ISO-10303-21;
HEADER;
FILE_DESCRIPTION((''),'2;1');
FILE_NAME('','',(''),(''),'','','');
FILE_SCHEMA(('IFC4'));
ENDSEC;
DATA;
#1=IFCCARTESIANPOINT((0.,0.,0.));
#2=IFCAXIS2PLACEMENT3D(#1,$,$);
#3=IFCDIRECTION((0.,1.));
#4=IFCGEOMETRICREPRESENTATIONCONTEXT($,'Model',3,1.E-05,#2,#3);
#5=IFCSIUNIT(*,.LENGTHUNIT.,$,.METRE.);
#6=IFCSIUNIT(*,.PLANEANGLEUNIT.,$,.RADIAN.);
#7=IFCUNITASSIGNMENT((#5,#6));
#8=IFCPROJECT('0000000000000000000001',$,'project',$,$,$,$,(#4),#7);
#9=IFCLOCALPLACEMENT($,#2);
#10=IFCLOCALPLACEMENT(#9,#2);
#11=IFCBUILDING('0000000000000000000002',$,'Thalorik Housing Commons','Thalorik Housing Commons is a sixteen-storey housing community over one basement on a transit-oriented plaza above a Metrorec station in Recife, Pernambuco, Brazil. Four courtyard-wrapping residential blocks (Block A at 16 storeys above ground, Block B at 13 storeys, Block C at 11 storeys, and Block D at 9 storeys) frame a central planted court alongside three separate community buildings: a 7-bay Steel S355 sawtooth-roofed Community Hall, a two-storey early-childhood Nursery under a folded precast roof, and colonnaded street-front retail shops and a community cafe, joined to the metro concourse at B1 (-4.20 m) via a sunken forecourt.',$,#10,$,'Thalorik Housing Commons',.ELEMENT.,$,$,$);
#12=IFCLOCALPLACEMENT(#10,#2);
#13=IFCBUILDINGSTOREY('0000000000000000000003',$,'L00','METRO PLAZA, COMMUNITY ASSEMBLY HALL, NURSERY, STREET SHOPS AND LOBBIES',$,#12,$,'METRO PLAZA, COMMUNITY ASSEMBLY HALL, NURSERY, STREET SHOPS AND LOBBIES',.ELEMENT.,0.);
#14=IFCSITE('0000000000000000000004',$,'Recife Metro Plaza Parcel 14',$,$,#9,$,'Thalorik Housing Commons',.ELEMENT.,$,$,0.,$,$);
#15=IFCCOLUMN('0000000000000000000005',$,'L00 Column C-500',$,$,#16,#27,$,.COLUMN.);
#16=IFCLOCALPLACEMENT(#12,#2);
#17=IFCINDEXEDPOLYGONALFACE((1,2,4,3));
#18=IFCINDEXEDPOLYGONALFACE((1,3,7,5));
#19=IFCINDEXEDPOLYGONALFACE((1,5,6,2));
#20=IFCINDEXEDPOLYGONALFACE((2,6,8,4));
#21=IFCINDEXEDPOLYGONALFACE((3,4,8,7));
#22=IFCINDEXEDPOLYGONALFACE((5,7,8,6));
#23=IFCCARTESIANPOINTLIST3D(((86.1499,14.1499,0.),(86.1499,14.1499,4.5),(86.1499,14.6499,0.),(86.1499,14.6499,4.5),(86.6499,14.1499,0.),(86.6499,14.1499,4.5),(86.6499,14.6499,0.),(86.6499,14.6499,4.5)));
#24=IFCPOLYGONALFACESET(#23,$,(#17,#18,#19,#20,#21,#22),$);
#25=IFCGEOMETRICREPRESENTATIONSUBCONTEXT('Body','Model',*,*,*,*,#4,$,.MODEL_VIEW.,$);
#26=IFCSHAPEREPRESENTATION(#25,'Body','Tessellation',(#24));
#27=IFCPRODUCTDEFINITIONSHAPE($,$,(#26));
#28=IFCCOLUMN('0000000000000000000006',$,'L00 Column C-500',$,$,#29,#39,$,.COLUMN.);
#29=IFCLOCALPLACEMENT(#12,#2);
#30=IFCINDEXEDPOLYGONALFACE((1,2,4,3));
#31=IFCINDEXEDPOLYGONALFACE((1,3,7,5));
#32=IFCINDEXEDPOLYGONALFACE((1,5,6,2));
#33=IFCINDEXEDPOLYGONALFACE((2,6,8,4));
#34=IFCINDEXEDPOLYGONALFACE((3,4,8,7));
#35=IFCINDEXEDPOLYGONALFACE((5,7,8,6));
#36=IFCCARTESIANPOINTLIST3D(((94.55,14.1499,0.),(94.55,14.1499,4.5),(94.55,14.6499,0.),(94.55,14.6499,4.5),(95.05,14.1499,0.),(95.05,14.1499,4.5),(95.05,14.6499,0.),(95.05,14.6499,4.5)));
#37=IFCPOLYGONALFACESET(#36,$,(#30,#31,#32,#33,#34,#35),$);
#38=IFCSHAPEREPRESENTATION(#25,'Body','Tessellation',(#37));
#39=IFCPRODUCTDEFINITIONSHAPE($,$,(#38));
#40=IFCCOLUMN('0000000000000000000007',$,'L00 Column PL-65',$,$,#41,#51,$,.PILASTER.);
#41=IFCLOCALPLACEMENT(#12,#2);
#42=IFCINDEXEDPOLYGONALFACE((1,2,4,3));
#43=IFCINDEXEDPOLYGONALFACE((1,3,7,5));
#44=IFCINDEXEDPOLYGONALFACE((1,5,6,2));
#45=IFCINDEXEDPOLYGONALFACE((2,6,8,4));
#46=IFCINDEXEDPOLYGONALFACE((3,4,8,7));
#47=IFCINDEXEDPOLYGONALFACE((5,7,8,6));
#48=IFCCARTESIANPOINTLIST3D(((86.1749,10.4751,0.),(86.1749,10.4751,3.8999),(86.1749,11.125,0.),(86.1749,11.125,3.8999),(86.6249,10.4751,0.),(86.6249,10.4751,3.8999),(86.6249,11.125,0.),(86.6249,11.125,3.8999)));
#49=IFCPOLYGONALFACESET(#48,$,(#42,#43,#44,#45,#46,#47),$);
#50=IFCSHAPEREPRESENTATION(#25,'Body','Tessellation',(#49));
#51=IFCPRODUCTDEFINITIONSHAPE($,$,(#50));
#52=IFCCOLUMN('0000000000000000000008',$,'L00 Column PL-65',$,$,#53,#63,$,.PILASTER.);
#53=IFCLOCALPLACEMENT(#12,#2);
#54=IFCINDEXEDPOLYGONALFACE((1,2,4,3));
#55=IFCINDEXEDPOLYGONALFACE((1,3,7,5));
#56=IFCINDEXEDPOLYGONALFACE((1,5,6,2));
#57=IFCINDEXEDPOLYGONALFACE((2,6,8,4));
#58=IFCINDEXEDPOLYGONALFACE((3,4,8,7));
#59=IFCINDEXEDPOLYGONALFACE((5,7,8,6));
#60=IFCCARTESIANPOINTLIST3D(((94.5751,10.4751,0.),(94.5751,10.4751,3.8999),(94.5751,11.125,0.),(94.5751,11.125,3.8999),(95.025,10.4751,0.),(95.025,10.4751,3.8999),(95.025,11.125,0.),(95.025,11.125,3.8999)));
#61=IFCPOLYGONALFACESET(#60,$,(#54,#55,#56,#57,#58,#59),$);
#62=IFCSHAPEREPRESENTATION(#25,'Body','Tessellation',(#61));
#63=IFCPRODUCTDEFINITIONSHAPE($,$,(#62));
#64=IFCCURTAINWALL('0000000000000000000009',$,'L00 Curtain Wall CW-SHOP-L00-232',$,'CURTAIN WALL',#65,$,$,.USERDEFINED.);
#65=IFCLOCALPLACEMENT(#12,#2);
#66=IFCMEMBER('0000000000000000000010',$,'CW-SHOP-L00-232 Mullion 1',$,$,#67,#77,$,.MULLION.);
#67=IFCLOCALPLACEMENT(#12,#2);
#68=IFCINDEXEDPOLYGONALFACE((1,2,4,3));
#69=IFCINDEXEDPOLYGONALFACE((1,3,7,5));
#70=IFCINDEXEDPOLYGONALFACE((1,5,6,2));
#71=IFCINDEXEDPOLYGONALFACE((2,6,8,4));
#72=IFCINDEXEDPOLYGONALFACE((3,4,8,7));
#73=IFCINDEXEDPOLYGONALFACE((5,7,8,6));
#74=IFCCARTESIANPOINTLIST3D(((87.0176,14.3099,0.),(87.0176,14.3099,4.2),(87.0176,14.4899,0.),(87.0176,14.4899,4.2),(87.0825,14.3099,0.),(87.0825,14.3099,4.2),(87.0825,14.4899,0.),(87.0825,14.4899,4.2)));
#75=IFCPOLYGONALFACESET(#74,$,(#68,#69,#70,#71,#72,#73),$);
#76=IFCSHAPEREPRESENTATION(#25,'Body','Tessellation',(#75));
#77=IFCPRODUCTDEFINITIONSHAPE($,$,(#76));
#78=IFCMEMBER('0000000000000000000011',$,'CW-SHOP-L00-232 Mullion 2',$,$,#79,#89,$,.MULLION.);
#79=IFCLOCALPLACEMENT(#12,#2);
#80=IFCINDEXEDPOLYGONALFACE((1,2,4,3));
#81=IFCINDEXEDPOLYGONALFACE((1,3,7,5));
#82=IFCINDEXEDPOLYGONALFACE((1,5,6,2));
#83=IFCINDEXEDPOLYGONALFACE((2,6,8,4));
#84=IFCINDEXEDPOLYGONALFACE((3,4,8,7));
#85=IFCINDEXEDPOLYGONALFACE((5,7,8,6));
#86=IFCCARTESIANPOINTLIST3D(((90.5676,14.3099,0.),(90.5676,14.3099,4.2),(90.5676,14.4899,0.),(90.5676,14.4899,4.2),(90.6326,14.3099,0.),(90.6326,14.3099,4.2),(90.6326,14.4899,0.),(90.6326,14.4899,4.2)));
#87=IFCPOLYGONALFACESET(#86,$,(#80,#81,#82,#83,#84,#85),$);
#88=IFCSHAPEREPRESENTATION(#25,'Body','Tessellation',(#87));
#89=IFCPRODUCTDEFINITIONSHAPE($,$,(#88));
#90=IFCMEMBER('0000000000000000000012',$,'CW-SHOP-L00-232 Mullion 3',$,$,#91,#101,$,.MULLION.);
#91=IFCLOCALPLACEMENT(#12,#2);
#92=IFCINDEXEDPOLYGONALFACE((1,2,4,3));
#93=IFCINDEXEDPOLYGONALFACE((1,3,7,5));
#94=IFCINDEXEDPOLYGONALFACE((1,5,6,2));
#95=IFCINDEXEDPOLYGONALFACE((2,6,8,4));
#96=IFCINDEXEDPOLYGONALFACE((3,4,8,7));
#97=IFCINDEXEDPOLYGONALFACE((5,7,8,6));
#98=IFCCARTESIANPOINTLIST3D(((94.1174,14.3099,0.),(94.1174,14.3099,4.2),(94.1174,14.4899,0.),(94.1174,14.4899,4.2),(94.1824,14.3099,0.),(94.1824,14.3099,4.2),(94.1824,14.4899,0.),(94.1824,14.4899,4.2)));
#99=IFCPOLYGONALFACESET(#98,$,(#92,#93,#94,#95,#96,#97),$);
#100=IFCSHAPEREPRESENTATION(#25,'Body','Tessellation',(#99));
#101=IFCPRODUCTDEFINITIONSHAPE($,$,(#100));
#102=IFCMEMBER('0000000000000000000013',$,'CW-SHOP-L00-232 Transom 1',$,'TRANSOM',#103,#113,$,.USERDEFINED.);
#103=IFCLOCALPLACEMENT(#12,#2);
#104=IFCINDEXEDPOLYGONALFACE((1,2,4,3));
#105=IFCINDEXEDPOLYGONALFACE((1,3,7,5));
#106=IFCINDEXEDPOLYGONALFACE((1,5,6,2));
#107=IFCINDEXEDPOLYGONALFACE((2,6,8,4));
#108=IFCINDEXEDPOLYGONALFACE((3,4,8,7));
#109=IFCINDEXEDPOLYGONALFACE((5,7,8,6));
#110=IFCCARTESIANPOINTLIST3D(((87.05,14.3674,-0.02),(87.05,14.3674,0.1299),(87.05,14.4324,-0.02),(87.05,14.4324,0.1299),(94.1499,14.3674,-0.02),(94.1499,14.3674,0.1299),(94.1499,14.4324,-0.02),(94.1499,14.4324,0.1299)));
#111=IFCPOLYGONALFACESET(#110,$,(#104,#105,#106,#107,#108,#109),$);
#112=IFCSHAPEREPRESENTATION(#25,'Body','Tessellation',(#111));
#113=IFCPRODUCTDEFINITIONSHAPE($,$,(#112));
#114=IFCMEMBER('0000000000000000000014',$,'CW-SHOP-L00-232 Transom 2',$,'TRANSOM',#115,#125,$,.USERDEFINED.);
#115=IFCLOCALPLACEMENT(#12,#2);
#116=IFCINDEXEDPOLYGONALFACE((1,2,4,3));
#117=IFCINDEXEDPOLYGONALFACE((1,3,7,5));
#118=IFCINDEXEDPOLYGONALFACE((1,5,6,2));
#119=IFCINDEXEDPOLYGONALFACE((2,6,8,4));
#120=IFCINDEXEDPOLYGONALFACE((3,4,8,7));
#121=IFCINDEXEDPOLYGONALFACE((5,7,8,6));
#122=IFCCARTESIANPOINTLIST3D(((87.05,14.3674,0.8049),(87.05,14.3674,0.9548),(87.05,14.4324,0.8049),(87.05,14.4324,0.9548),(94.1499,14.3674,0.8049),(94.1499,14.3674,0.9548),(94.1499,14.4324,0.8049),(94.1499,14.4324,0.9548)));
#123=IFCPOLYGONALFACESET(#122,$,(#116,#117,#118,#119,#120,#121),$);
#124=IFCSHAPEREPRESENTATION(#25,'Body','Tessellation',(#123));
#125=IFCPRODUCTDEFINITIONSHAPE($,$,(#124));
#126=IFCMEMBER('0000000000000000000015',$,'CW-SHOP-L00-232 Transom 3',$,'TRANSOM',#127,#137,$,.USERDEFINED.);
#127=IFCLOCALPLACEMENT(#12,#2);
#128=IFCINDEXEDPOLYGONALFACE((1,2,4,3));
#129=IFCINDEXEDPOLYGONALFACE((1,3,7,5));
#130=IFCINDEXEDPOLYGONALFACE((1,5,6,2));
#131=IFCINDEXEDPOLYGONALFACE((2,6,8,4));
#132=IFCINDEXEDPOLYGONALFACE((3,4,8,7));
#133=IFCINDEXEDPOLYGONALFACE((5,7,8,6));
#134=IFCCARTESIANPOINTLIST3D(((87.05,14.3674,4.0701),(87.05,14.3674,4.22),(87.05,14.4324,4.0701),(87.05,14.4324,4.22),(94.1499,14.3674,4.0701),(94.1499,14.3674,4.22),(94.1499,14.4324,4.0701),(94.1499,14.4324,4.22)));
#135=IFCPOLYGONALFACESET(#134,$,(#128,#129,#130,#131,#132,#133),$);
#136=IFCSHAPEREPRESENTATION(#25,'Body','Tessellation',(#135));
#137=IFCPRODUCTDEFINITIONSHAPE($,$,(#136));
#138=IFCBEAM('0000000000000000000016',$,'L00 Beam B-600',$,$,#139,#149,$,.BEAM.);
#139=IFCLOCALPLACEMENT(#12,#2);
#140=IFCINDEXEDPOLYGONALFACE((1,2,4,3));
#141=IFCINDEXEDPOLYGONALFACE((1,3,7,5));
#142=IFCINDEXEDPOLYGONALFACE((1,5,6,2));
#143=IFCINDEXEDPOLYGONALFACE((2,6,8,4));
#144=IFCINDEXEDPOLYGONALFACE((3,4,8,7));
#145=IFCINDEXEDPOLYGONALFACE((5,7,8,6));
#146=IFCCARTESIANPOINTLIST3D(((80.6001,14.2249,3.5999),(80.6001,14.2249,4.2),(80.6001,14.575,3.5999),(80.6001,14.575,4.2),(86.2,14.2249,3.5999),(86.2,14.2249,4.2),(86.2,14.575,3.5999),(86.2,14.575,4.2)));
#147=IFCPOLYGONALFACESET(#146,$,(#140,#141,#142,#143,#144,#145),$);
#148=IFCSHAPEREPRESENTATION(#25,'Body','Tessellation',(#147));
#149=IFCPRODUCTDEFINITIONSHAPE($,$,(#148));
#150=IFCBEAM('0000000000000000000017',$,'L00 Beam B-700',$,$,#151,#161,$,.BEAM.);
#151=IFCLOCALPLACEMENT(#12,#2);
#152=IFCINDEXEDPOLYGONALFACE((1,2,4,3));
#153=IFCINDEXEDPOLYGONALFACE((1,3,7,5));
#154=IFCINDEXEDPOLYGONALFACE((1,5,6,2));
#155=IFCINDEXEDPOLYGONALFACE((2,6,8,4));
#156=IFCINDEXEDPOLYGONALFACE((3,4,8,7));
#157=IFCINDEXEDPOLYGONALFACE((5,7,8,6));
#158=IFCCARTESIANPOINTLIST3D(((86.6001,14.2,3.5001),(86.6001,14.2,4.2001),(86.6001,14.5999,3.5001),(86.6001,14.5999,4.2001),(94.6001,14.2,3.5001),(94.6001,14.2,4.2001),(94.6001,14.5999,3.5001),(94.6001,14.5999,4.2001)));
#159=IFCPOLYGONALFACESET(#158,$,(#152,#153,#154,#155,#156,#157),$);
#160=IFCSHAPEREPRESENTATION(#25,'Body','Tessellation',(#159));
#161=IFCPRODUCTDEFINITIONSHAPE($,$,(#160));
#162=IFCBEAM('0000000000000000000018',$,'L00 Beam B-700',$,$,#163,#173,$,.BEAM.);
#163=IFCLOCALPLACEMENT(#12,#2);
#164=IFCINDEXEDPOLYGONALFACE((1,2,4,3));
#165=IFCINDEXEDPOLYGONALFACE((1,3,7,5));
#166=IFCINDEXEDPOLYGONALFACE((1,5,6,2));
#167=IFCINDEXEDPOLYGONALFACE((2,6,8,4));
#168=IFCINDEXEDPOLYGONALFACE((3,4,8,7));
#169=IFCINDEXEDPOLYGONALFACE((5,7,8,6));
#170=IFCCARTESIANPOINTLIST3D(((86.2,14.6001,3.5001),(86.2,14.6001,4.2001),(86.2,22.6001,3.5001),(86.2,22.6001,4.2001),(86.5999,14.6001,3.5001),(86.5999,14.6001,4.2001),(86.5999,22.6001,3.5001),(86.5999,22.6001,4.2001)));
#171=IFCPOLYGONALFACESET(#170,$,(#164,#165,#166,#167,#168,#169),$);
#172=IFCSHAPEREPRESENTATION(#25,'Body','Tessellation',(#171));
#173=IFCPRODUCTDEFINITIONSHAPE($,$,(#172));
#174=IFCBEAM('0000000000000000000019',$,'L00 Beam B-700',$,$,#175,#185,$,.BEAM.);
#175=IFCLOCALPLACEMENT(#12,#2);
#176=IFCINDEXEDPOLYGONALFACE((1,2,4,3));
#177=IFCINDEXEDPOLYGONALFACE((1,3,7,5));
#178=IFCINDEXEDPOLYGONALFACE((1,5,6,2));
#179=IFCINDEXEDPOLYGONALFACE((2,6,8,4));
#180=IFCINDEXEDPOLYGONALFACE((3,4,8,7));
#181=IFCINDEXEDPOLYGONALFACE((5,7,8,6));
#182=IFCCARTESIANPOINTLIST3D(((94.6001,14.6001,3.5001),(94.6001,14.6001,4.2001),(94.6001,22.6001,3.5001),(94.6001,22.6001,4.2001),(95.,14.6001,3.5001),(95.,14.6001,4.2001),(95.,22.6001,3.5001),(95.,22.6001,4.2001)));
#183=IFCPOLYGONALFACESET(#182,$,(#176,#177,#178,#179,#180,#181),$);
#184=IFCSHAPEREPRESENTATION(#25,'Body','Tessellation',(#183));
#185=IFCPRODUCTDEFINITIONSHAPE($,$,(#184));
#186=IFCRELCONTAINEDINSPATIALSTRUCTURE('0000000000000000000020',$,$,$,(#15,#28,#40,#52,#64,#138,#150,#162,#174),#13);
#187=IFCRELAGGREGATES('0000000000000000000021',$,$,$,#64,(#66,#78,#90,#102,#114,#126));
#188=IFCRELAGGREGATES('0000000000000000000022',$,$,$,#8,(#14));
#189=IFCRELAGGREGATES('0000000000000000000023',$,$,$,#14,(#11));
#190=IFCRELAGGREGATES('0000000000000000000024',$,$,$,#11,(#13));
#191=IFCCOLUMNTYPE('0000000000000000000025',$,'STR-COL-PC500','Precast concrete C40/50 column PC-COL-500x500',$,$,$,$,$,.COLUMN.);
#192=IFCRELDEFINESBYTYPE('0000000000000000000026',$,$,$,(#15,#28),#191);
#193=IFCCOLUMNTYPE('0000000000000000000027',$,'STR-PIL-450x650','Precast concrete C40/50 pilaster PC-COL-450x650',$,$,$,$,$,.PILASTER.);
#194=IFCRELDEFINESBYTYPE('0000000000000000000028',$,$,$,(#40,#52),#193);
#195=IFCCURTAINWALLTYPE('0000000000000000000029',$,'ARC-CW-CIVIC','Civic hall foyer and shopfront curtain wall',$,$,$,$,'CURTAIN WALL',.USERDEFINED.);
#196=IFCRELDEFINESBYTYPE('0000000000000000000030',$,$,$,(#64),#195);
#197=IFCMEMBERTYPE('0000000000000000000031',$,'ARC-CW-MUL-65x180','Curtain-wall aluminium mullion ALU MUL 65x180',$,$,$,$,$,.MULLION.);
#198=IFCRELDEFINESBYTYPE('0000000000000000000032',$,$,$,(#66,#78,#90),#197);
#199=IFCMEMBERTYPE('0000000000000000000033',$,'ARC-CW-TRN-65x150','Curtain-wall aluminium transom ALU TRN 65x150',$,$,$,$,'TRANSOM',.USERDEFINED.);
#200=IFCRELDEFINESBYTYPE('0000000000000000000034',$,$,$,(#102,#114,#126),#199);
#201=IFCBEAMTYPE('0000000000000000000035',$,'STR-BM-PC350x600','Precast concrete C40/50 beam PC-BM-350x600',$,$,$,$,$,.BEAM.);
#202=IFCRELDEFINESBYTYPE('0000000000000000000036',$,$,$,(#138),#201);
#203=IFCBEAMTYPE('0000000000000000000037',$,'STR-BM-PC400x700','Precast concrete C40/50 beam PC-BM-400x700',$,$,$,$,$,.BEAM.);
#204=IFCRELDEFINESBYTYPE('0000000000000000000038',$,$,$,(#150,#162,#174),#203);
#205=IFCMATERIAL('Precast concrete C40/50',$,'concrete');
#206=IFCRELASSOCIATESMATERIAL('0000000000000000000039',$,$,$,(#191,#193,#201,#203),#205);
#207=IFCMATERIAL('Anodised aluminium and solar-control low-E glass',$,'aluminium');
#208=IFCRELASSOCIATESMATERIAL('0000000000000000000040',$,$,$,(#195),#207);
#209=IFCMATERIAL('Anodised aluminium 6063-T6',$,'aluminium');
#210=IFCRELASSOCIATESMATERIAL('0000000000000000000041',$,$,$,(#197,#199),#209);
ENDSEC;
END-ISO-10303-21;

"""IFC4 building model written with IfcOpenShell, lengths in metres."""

from ifc_helpers import new_model, si_unit, direction, frame, origin, origin_2d, place, context, subcontext, project, spatial, rectangle, extrude, material, material_profile, profile_set, type_object, element, aggregate, save


model = new_model("IFC4")

# Units and contexts
model_context = context("Model", 3, precision=1e-05, world=origin(), true_north=direction((0.0, 1.0)))
body_context = subcontext(model_context, "Body", "Model", "MODEL_VIEW")
ifc_project = project(units=[si_unit("LENGTHUNIT", "METRE"), si_unit("PLANEANGLEUNIT", "RADIAN")], contexts=[model_context])

# Site, building, storey
site_placement = place(None, origin())
site = spatial("IfcSite", under=ifc_project, at=site_placement, Name="Recife Metro Plaza Parcel 14", LongName="Thalorik Housing Commons", CompositionType="ELEMENT", RefElevation=0.0)
building_placement = place(site_placement, origin())
building = spatial("IfcBuilding", under=site, at=building_placement, Name="Thalorik Housing Commons", Description="Thalorik Housing Commons is a sixteen-storey housing community over one basement on a transit-oriented plaza above a Metrorec station in Recife, Pernambuco, Brazil. Four courtyard-wrapping residential blocks (Block A at 16 storeys above ground, Block B at 13 storeys, Block C at 11 storeys, and Block D at 9 storeys) frame a central planted court alongside three separate community buildings: a 7-bay Steel S355 sawtooth-roofed Community Hall, a two-storey early-childhood Nursery under a folded precast roof, and colonnaded street-front retail shops and a community cafe, joined to the metro concourse at B1 (-4.20 m) via a sunken forecourt.", LongName="Thalorik Housing Commons", CompositionType="ELEMENT")
storey_placement = place(building_placement, origin())
storey = spatial("IfcBuildingStorey", under=building, at=storey_placement, Name="L00", Description="METRO PLAZA, COMMUNITY ASSEMBLY HALL, NURSERY, STREET SHOPS AND LOBBIES", LongName="METRO PLAZA, COMMUNITY ASSEMBLY HALL, NURSERY, STREET SHOPS AND LOBBIES", CompositionType="ELEMENT", Elevation=0.0)

# Columns
ifc_material_1 = material(Name="Precast concrete C40/50", Category="concrete")
ifc_material_profile_1 = material_profile(ifc_material_1, rectangle(XDim=0.5, YDim=0.5, at=origin_2d()), Name="PC 500x500", Category="concrete")
ifc_profile_set_1 = profile_set([ifc_material_profile_1], Name="Precast concrete C40/50")
column_type_1 = type_object("IfcColumnType", Name="STR-COL-PC500", Description="Precast concrete C40/50 column PC-COL-500x500", PredefinedType="COLUMN", material=ifc_profile_set_1)
for number, where, z_axis, x_axis, name in (
    (1, (86.3999, 14.3999, 0.0), (0.0, 0.0, 1.0), (1.0, 0.0, 0.0), "L00 Column C-500"),
    (2, (94.8, 14.3999, 0.0), (0.0, 0.0, 1.0), (1.0, 0.0, 0.0), "L00 Column C-500"),
):
    element("IfcColumn", number, at=place(storey_placement, frame(where, z_axis=z_axis, x_axis=x_axis)), inside=storey, type_object=column_type_1, Name=name, PredefinedType="COLUMN", context=body_context, shape_type="SweptSolid", body=[
        extrude(rectangle(XDim=0.5, YDim=0.5, at=origin_2d()), origin(), (0.0, 0.0, 1.0), 4.5),
    ])
ifc_material_profile_2 = material_profile(ifc_material_1, rectangle(XDim=0.45, YDim=0.6499, at=origin_2d()), Name="PC 450x650", Category="concrete")
ifc_profile_set_2 = profile_set([ifc_material_profile_2], Name="Precast concrete C40/50")
column_type_2 = type_object("IfcColumnType", Name="STR-PIL-450x650", Description="Precast concrete C40/50 pilaster PC-COL-450x650", PredefinedType="PILASTER", material=ifc_profile_set_2)
for number, where, z_axis, x_axis, name in (
    (3, (86.3999, 10.8, 0.0), (0.0, 0.0, 1.0), (1.0, 0.0, 0.0), "L00 Column PL-65"),
    (4, (94.8, 10.8, 0.0), (0.0, 0.0, 1.0), (1.0, 0.0, 0.0), "L00 Column PL-65"),
):
    element("IfcColumn", number, at=place(storey_placement, frame(where, z_axis=z_axis, x_axis=x_axis)), inside=storey, type_object=column_type_2, Name=name, PredefinedType="PILASTER", context=body_context, shape_type="SweptSolid", body=[
        extrude(rectangle(XDim=0.45, YDim=0.6499, at=origin_2d()), origin(), (0.0, 0.0, 1.0), 3.8999),
    ])

# Curtain wall, members
ifc_material_2 = material(Name="Anodised aluminium and solar-control low-E glass", Category="aluminium")
curtain_wall_type = type_object("IfcCurtainWallType", Name="ARC-CW-CIVIC", Description="Civic hall foyer and shopfront curtain wall", ElementType="CURTAIN WALL", PredefinedType="USERDEFINED", material=ifc_material_2)
curtain_wall_placement = place(storey_placement, origin())
curtain_wall = element("IfcCurtainWall", 5, at=curtain_wall_placement, inside=storey, type_object=curtain_wall_type, Name="L00 Curtain Wall CW-SHOP-L00-232", ObjectType="CURTAIN WALL", PredefinedType="USERDEFINED")
ifc_material_3 = material(Name="Anodised aluminium 6063-T6", Category="aluminium")
ifc_material_profile_3 = material_profile(ifc_material_3, rectangle(XDim=0.0649, YDim=0.1799, at=origin_2d()), Name="ALU MUL 65x180", Category="aluminium")
ifc_profile_set_3 = profile_set([ifc_material_profile_3], Name="Anodised aluminium 6063-T6")
member_type_1 = type_object("IfcMemberType", Name="ARC-CW-MUL-65x180", Description="Curtain-wall aluminium mullion ALU MUL 65x180", PredefinedType="MULLION", material=ifc_profile_set_3)
member_1_placement = place(storey_placement, frame((87.05, 14.3999, 0.0), z_axis=(0.0, 0.0, 1.0), x_axis=(1.0, 0.0, 0.0)))
member_1 = element("IfcMember", 6, at=member_1_placement, type_object=member_type_1, Name="CW-SHOP-L00-232 Mullion 1", PredefinedType="MULLION", context=body_context, shape_type="SweptSolid", body=[
    extrude(rectangle(XDim=0.0649, YDim=0.1799, at=origin_2d()), origin(), (0.0, 0.0, 1.0), 4.2),
])
member_2_placement = place(storey_placement, frame((90.6001, 14.3999, 0.0), z_axis=(0.0, 0.0, 1.0), x_axis=(1.0, 0.0, 0.0)))
member_2 = element("IfcMember", 7, at=member_2_placement, type_object=member_type_1, Name="CW-SHOP-L00-232 Mullion 2", PredefinedType="MULLION", context=body_context, shape_type="SweptSolid", body=[
    extrude(rectangle(XDim=0.0649, YDim=0.1799, at=origin_2d()), origin(), (0.0, 0.0, 1.0), 4.2),
])
member_3_placement = place(storey_placement, frame((94.1499, 14.3999, 0.0), z_axis=(0.0, 0.0, 1.0), x_axis=(1.0, 0.0, 0.0)))
member_3 = element("IfcMember", 8, at=member_3_placement, type_object=member_type_1, Name="CW-SHOP-L00-232 Mullion 3", PredefinedType="MULLION", context=body_context, shape_type="SweptSolid", body=[
    extrude(rectangle(XDim=0.0649, YDim=0.1799, at=origin_2d()), origin(), (0.0, 0.0, 1.0), 4.2),
])
ifc_material_profile_4 = material_profile(ifc_material_3, rectangle(XDim=0.0649, YDim=0.1499, at=origin_2d()), Name="ALU TRN 65x150", Category="aluminium")
ifc_profile_set_4 = profile_set([ifc_material_profile_4], Name="Anodised aluminium 6063-T6")
member_type_2 = type_object("IfcMemberType", Name="ARC-CW-TRN-65x150", Description="Curtain-wall aluminium transom ALU TRN 65x150", ElementType="TRANSOM", PredefinedType="USERDEFINED", material=ifc_profile_set_4)
member_4_placement = place(storey_placement, frame((87.05, 14.3999, 0.0549), z_axis=(1.0, 0.0, 0.0), x_axis=(0.0, 1.0, 0.0)))
member_4 = element("IfcMember", 9, at=member_4_placement, type_object=member_type_2, Name="CW-SHOP-L00-232 Transom 1", ObjectType="TRANSOM", PredefinedType="USERDEFINED", context=body_context, shape_type="SweptSolid", body=[
    extrude(rectangle(XDim=0.0649, YDim=0.1499, at=origin_2d()), origin(), (0.0, 0.0, 1.0), 7.0999),
])
member_5_placement = place(storey_placement, frame((87.05, 14.3999, 0.8799), z_axis=(1.0, 0.0, 0.0), x_axis=(0.0, 1.0, 0.0)))
member_5 = element("IfcMember", 10, at=member_5_placement, type_object=member_type_2, Name="CW-SHOP-L00-232 Transom 2", ObjectType="TRANSOM", PredefinedType="USERDEFINED", context=body_context, shape_type="SweptSolid", body=[
    extrude(rectangle(XDim=0.0649, YDim=0.1499, at=origin_2d()), origin(), (0.0, 0.0, 1.0), 7.0999),
])
member_6_placement = place(storey_placement, frame((87.05, 14.3999, 4.145), z_axis=(1.0, 0.0, 0.0), x_axis=(0.0, 1.0, 0.0)))
member_6 = element("IfcMember", 11, at=member_6_placement, type_object=member_type_2, Name="CW-SHOP-L00-232 Transom 3", ObjectType="TRANSOM", PredefinedType="USERDEFINED", context=body_context, shape_type="SweptSolid", body=[
    extrude(rectangle(XDim=0.0649, YDim=0.1499, at=origin_2d()), origin(), (0.0, 0.0, 1.0), 7.0999),
])

# Beams
ifc_material_profile_5 = material_profile(ifc_material_1, rectangle(XDim=0.3501, YDim=0.6001, at=origin_2d()), Name="PC 350x600", Category="concrete")
ifc_profile_set_5 = profile_set([ifc_material_profile_5], Name="Precast concrete C40/50")
beam_type_1 = type_object("IfcBeamType", Name="STR-BM-PC350x600", Description="Precast concrete C40/50 beam PC-BM-350x600", PredefinedType="BEAM", material=ifc_profile_set_5)
beam_1_placement = place(storey_placement, frame((80.6001, 14.3999, 3.8999), z_axis=(1.0, 0.0, 0.0), x_axis=(0.0, 1.0, 0.0)))
element("IfcBeam", 12, at=beam_1_placement, inside=storey, type_object=beam_type_1, Name="L00 Beam B-600", PredefinedType="BEAM", context=body_context, shape_type="SweptSolid", body=[
    extrude(rectangle(XDim=0.3501, YDim=0.6001, at=origin_2d()), origin(), (0.0, 0.0, 1.0), 5.5999),
])
ifc_material_profile_6 = material_profile(ifc_material_1, rectangle(XDim=0.3999, YDim=0.7, at=origin_2d()), Name="PC 400x700", Category="concrete")
ifc_profile_set_6 = profile_set([ifc_material_profile_6], Name="Precast concrete C40/50")
beam_type_2 = type_object("IfcBeamType", Name="STR-BM-PC400x700", Description="Precast concrete C40/50 beam PC-BM-400x700", PredefinedType="BEAM", material=ifc_profile_set_6)
for number, where, z_axis, x_axis, name in (
    (13, (86.6001, 14.3999, 3.8501), (1.0, 0.0, 0.0), (0.0, 1.0, 0.0), "L00 Beam B-700"),
    (14, (86.3999, 14.6001, 3.8501), (0.0, 1.0, 0.0), (-1.0, 0.0, 0.0), "L00 Beam B-700"),
    (15, (94.8, 14.6001, 3.8501), (0.0, 1.0, 0.0), (-1.0, 0.0, 0.0), "L00 Beam B-700"),
):
    element("IfcBeam", number, at=place(storey_placement, frame(where, z_axis=z_axis, x_axis=x_axis)), inside=storey, type_object=beam_type_2, Name=name, PredefinedType="BEAM", context=body_context, shape_type="SweptSolid", body=[
        extrude(rectangle(XDim=0.3999, YDim=0.7, at=origin_2d()), origin(), (0.0, 0.0, 1.0), 8.0),
    ])

aggregate(curtain_wall, [member_1, member_2, member_3, member_4, member_5, member_6])

save(model, "model.ifc")
